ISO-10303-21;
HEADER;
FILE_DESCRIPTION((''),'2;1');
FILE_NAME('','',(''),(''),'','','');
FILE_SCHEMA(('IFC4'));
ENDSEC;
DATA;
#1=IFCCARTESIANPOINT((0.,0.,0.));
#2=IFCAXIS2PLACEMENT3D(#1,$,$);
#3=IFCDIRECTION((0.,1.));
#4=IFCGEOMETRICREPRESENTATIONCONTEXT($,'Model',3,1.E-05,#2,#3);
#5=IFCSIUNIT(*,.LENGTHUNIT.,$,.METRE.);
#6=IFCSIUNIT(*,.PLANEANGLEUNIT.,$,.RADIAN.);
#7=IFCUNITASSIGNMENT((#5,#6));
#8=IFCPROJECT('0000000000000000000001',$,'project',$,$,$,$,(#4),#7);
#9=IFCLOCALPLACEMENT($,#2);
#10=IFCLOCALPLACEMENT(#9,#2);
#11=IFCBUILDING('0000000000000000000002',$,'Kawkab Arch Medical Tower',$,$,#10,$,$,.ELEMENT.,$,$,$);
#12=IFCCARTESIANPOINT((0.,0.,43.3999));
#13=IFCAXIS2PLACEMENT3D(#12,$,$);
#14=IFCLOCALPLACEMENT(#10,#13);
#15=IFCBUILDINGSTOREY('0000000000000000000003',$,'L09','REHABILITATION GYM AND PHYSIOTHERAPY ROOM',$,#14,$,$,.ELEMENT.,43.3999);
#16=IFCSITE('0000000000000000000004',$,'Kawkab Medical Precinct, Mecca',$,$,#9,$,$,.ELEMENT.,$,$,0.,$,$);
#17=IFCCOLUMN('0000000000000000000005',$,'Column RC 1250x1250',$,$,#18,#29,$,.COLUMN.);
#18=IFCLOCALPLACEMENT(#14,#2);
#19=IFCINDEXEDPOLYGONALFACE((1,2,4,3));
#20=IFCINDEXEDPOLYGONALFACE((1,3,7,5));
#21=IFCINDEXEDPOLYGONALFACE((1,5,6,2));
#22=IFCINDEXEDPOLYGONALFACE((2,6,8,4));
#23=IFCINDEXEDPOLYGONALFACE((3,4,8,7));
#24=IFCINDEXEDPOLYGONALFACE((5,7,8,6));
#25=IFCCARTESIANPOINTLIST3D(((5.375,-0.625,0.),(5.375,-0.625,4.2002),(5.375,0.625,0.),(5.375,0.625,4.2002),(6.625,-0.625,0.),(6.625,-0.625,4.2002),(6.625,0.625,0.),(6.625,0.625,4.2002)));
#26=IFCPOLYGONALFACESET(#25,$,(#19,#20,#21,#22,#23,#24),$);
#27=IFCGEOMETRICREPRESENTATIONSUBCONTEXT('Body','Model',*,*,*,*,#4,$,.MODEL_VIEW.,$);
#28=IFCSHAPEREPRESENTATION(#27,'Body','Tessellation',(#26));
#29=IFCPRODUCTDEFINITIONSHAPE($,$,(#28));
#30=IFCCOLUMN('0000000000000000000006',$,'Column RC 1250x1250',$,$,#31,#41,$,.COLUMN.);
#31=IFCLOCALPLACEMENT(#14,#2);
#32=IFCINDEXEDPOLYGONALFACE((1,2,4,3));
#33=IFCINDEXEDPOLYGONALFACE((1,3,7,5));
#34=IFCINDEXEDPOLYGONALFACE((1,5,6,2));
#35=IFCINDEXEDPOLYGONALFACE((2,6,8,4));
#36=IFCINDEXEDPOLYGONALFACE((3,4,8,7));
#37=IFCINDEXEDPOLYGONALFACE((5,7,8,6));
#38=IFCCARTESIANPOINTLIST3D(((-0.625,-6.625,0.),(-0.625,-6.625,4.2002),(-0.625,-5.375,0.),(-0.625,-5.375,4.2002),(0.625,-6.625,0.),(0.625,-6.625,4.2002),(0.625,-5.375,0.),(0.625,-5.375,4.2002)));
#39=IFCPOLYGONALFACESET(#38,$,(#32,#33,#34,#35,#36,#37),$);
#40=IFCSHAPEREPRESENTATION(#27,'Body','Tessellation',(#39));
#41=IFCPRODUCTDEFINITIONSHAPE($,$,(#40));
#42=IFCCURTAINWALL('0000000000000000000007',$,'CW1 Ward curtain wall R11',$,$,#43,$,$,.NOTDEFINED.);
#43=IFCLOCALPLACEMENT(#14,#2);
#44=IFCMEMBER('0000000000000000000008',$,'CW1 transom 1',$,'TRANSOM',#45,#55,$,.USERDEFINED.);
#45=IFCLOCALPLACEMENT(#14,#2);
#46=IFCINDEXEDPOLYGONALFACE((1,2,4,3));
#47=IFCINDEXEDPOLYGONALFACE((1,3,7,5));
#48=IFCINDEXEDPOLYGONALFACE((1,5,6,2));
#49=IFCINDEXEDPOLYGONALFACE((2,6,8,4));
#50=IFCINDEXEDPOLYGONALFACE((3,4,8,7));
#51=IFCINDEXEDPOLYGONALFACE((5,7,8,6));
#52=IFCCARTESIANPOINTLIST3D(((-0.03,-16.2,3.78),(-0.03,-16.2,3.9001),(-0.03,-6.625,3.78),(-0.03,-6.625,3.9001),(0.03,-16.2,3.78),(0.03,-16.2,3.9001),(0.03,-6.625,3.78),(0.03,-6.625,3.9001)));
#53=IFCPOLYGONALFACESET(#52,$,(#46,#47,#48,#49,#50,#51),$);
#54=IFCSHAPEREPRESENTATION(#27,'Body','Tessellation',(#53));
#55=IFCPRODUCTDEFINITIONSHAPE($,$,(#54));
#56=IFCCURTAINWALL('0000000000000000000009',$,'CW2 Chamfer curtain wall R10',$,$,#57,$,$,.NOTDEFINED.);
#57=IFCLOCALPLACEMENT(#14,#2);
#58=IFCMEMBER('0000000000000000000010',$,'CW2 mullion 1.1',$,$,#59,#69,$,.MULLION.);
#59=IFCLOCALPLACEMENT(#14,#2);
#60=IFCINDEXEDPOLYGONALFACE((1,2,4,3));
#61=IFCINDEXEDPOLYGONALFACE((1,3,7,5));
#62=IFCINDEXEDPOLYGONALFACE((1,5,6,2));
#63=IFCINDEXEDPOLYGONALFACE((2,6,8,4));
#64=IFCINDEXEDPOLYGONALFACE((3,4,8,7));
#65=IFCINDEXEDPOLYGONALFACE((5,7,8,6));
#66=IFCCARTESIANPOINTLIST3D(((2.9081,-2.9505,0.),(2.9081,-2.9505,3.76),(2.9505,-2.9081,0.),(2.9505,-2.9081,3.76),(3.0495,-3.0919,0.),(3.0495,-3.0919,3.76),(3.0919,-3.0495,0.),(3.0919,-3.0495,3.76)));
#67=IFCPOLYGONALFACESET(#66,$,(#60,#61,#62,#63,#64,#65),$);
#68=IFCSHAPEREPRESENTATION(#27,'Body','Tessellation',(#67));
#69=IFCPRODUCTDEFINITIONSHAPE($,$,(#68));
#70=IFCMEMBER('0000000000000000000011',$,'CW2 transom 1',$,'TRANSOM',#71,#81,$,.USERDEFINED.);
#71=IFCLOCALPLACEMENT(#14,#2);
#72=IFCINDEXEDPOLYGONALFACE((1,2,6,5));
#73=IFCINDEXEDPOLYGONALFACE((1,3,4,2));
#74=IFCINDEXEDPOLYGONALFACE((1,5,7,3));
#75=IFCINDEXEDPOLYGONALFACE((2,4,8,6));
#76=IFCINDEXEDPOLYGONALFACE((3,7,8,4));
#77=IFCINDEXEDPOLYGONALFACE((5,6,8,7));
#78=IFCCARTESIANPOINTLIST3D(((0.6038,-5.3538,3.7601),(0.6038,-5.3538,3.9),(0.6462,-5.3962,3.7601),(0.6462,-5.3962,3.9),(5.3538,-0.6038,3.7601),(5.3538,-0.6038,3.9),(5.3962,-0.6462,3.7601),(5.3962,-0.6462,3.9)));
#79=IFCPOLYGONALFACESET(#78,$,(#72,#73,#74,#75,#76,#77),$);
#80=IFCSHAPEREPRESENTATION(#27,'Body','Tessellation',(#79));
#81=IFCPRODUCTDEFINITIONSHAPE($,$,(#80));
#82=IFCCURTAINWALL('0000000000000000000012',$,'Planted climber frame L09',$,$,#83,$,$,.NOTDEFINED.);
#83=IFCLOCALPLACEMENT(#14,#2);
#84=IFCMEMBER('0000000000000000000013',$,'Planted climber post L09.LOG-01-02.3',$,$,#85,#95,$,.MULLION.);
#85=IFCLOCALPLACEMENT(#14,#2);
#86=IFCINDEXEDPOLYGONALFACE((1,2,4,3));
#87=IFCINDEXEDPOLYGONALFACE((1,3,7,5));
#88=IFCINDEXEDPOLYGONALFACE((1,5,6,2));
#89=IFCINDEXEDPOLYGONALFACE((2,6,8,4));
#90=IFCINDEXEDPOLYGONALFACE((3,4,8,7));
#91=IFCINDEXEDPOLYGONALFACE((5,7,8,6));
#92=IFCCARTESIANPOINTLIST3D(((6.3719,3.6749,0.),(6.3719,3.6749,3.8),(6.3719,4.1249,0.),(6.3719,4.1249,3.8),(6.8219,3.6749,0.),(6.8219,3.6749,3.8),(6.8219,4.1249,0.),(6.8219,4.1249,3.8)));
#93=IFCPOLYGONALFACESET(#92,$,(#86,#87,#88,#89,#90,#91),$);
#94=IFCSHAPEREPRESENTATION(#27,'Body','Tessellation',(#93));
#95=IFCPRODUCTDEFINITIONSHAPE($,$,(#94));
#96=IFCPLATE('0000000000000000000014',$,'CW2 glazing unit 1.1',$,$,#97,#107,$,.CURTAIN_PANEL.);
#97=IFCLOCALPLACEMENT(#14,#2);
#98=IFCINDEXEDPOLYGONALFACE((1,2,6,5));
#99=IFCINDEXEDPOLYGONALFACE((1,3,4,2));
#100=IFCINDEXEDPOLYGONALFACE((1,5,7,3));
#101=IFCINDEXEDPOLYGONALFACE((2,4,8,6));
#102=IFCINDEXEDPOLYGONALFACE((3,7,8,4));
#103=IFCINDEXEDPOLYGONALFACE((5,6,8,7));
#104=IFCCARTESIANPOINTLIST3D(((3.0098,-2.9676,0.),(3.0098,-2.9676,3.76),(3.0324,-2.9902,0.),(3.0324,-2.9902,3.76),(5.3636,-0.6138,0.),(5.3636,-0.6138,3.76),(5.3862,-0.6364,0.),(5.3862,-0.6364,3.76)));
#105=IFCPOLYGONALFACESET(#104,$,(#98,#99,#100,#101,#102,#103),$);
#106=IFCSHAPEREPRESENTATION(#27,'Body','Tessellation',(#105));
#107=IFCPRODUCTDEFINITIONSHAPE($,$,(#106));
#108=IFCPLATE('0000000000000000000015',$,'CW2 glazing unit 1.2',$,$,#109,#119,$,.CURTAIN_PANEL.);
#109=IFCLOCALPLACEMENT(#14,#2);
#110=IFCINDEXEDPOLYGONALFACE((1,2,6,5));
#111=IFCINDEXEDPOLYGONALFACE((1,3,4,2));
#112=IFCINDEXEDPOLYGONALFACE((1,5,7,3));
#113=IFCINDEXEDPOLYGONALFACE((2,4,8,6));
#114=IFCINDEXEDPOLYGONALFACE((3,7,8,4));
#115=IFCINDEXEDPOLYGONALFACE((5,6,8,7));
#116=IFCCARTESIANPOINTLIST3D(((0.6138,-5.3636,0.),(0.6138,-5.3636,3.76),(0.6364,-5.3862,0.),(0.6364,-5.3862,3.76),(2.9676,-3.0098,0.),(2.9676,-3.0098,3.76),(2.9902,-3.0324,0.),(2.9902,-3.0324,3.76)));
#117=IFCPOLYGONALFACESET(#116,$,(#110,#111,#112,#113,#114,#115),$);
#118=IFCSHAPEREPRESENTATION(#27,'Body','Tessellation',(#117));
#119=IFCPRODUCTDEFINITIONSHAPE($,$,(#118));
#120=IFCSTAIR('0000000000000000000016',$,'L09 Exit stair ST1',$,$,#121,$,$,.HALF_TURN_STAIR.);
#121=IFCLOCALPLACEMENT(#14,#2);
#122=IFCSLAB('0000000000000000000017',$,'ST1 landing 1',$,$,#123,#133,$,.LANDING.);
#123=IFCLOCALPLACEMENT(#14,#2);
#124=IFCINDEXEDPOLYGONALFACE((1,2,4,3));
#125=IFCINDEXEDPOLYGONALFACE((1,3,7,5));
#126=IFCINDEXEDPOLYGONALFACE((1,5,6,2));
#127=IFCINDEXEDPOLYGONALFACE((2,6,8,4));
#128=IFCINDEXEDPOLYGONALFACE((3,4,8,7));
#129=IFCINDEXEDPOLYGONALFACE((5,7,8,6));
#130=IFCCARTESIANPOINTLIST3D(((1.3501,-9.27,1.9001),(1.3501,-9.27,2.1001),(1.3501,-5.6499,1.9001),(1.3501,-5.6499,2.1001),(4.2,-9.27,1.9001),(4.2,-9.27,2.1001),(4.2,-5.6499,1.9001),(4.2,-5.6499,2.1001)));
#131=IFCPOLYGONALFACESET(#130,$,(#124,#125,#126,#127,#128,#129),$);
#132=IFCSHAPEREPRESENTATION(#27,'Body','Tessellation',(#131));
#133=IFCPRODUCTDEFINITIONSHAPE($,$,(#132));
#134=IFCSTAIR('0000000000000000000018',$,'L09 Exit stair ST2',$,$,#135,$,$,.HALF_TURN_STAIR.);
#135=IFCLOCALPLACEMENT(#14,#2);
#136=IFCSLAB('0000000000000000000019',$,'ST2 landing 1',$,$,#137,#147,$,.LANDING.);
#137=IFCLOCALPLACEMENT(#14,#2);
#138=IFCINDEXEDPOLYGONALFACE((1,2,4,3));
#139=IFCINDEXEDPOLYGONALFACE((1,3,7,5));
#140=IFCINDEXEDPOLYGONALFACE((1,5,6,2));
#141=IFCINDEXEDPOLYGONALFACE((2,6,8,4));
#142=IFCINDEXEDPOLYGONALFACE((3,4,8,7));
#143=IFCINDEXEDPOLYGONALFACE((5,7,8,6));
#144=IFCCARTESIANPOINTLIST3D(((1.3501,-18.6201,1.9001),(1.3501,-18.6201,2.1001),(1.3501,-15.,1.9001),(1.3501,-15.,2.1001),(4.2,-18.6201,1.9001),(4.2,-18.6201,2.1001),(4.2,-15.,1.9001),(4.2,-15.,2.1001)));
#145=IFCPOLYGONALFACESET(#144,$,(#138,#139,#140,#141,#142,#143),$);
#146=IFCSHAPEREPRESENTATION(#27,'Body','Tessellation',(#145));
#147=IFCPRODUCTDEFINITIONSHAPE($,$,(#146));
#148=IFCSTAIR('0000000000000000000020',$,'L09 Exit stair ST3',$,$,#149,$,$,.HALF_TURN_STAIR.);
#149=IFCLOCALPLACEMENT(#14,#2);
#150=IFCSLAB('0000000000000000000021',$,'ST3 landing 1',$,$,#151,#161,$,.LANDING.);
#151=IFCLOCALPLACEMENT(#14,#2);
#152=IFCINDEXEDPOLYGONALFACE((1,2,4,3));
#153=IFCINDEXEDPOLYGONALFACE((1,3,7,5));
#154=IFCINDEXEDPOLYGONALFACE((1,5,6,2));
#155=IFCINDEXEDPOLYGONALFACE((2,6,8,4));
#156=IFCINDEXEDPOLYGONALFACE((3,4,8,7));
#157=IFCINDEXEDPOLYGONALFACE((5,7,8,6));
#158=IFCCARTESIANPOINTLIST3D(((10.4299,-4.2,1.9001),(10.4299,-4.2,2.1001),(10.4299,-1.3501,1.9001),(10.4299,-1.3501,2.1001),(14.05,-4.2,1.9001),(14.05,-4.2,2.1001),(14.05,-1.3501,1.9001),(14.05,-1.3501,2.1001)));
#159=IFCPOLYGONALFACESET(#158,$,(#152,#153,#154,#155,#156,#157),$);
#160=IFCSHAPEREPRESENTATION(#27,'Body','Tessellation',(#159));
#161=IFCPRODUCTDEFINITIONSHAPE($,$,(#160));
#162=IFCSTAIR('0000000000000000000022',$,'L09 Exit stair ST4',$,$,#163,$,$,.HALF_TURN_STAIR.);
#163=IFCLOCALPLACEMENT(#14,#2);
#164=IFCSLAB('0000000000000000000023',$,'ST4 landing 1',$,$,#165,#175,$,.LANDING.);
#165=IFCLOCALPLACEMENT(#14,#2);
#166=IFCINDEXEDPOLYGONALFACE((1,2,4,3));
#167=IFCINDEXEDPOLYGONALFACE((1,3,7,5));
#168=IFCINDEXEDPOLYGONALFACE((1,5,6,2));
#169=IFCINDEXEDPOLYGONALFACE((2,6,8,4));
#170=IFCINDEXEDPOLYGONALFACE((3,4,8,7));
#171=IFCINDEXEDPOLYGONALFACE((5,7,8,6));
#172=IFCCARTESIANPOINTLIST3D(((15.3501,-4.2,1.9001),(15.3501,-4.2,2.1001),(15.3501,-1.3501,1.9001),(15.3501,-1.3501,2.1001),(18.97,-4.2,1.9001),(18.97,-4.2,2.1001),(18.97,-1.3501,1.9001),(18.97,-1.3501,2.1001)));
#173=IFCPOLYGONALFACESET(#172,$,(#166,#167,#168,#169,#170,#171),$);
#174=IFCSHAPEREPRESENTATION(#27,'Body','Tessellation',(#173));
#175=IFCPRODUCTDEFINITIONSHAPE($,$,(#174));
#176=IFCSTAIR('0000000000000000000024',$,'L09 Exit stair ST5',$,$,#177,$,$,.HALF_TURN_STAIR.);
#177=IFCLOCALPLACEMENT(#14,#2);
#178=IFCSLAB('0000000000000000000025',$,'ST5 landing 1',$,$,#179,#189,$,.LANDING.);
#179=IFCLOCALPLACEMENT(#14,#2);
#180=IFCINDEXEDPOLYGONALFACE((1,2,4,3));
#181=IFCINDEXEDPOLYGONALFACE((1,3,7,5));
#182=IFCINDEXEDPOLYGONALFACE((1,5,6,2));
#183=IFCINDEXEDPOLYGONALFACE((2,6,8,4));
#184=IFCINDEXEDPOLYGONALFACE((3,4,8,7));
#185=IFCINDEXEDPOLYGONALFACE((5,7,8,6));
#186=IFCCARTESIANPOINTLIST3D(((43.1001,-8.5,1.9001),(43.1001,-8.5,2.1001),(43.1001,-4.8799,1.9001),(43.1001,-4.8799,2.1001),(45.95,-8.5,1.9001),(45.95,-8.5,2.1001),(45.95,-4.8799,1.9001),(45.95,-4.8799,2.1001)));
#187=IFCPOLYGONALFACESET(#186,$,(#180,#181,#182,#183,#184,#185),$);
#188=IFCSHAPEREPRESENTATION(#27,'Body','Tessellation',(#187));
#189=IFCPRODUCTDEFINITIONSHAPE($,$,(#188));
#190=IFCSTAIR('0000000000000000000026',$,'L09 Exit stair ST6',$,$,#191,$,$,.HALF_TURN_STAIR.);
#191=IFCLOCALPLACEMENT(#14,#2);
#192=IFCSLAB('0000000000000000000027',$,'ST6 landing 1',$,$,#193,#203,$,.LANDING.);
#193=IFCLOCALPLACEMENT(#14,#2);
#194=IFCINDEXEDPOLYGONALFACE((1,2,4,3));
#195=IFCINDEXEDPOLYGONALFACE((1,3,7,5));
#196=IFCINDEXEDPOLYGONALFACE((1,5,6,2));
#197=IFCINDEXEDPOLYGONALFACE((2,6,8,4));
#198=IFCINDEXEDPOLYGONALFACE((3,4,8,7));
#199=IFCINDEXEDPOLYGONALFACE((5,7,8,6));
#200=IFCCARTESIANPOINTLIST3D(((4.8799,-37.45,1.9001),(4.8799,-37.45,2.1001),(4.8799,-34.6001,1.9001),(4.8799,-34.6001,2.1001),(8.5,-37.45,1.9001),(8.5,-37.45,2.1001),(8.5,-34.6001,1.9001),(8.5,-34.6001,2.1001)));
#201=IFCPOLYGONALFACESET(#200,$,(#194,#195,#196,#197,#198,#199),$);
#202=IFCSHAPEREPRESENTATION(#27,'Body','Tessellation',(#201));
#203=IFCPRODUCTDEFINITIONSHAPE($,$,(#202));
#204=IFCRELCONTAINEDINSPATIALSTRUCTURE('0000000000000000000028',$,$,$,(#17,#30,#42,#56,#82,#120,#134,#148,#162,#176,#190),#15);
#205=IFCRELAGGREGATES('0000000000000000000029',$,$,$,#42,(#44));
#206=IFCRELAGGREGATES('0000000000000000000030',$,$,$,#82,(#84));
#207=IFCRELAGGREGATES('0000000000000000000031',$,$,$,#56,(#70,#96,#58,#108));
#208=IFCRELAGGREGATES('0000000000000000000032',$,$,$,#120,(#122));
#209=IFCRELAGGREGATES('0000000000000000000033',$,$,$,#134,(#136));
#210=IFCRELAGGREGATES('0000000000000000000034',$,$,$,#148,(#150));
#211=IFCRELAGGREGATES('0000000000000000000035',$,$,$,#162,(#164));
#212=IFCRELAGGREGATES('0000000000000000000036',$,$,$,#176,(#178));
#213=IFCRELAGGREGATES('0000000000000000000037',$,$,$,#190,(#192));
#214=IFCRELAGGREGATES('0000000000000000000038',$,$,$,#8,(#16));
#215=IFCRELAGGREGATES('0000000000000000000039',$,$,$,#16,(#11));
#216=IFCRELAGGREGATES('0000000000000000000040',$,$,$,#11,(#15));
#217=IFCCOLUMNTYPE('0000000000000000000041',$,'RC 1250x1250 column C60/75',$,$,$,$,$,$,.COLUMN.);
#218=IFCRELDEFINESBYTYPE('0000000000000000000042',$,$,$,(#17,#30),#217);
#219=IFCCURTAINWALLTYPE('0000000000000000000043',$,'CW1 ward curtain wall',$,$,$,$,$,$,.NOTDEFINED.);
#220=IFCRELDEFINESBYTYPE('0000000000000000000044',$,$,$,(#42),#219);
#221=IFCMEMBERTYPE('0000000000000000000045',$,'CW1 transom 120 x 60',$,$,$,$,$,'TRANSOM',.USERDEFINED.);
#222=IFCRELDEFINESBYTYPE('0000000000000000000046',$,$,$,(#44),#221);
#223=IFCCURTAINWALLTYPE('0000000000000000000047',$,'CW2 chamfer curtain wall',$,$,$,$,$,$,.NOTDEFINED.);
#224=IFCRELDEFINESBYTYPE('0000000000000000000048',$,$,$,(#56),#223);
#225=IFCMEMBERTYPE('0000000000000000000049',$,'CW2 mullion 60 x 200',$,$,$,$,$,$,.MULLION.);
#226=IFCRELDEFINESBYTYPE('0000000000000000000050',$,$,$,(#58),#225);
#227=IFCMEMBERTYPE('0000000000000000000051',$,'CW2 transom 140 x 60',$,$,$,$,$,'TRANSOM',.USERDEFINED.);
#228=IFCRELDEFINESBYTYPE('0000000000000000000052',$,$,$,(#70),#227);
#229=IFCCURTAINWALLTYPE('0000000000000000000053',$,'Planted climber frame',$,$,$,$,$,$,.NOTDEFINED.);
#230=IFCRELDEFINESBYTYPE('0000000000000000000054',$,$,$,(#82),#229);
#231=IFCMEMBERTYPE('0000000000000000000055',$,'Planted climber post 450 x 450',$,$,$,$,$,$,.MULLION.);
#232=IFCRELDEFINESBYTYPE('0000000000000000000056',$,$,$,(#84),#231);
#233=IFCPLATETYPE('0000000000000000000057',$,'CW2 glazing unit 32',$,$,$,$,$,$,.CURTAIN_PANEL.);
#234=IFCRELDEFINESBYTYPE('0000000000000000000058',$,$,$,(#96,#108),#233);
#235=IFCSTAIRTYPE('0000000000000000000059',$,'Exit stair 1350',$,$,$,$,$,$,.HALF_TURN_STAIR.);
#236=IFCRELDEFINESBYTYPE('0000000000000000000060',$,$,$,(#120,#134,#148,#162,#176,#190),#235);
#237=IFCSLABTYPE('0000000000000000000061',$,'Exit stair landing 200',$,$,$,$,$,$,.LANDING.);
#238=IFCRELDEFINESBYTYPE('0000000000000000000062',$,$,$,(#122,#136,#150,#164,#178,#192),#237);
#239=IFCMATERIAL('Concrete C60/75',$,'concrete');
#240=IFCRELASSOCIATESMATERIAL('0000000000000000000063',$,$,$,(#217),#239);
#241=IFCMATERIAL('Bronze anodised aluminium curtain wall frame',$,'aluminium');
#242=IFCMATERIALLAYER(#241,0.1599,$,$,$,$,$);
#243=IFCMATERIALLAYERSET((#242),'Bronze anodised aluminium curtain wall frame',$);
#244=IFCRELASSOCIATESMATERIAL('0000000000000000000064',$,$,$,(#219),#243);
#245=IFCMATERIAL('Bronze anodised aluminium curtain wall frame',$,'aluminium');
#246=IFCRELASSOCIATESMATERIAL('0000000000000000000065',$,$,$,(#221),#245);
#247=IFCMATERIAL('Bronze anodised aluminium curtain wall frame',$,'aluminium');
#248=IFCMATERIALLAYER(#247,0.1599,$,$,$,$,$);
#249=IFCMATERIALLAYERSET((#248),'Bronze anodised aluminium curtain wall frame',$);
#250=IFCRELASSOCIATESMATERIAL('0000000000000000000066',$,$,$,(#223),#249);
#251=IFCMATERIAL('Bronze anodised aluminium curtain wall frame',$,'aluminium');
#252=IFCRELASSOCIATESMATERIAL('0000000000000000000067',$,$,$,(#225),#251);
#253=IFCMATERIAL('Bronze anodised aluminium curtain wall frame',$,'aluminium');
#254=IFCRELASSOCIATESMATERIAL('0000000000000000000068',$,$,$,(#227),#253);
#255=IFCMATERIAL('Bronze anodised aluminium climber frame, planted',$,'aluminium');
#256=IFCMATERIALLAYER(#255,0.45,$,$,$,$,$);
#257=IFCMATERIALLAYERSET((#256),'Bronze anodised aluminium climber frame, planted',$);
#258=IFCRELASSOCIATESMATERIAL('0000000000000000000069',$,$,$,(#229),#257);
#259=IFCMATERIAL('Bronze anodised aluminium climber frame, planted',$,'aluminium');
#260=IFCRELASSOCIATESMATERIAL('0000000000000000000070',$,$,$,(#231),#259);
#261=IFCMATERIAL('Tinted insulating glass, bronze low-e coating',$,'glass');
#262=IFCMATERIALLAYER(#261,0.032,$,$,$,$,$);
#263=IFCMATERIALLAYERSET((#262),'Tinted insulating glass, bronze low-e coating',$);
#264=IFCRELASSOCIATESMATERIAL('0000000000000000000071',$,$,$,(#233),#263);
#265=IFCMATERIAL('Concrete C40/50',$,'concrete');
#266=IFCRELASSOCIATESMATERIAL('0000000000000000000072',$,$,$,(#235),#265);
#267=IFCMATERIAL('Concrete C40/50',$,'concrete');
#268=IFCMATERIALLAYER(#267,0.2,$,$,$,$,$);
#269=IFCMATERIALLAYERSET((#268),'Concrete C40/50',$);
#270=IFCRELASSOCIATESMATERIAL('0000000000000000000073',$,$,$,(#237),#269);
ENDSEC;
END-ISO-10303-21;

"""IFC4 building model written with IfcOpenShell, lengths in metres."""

from ifc_helpers import new_model, si_unit, direction, frame, origin, origin_2d, place, context, subcontext, project, spatial, polyline, rectangle, outline, extrude, material, layer, layer_set, material_profile, profile_set, type_object, element, aggregate, save


model = new_model("IFC4")

# Units and contexts
model_context = context("Model", 3, precision=1e-05, world=origin(), true_north=direction((0.0, 1.0)))
body_context = subcontext(model_context, "Body", "Model", "MODEL_VIEW")
ifc_project = project(units=[si_unit("LENGTHUNIT", "METRE"), si_unit("PLANEANGLEUNIT", "RADIAN")], contexts=[model_context])

# Site, building, storey
site_placement = place(None, origin())
site = spatial("IfcSite", under=ifc_project, at=site_placement, Name="Kawkab Medical Precinct, Mecca", CompositionType="ELEMENT", RefElevation=0.0)
building_placement = place(site_placement, origin())
building = spatial("IfcBuilding", under=site, at=building_placement, Name="Kawkab Arch Medical Tower", CompositionType="ELEMENT")
storey_placement = place(building_placement, frame((0.0, 0.0, 43.3999)))
storey = spatial("IfcBuildingStorey", under=building, at=storey_placement, Name="L09", Description="REHABILITATION GYM AND PHYSIOTHERAPY ROOM", CompositionType="ELEMENT", Elevation=43.3999)

# Columns
ifc_material_1 = material(Name="Concrete C60/75", Category="concrete")
ifc_material_profile_1 = material_profile(ifc_material_1, rectangle(XDim=1.25, YDim=1.25, at=origin_2d()), Name="RC 1250x1250")
ifc_profile_set_1 = profile_set([ifc_material_profile_1], Name="Concrete C60/75")
column_type = type_object("IfcColumnType", Name="RC 1250x1250 column C60/75", PredefinedType="COLUMN", material=ifc_profile_set_1)
for number, where, z_axis, x_axis, name in (
    (1, (6.0, 0.0, 0.0), (0.0, 0.0, 1.0), (1.0, 0.0, 0.0), "Column RC 1250x1250"),
    (2, (0.0, -6.0, 0.0), (0.0, 0.0, 1.0), (1.0, 0.0, 0.0), "Column RC 1250x1250"),
):
    element("IfcColumn", number, at=place(storey_placement, frame(where, z_axis=z_axis, x_axis=x_axis)), inside=storey, type_object=column_type, Name=name, PredefinedType="COLUMN", context=body_context, shape_type="SweptSolid", body=[
        extrude(rectangle(XDim=1.25, YDim=1.25, at=origin_2d()), origin(), (0.0, 0.0, 1.0), 4.2002),
    ])

# Curtain wall, member
ifc_material_2 = material(Name="Bronze anodised aluminium curtain wall frame", Category="aluminium")
ifc_layer_1 = layer(ifc_material_2, 0.1599)
ifc_layer_set_1 = layer_set([ifc_layer_1], Name="Bronze anodised aluminium curtain wall frame")
curtain_wall_type_1 = type_object("IfcCurtainWallType", Name="CW1 ward curtain wall", PredefinedType="NOTDEFINED", material=ifc_layer_set_1)
placement_1 = place(storey_placement, origin())
curtain_wall_1 = element("IfcCurtainWall", 3, at=placement_1, inside=storey, type_object=curtain_wall_type_1, Name="CW1 Ward curtain wall R11", PredefinedType="NOTDEFINED")
ifc_material_3 = material(Name="Bronze anodised aluminium curtain wall frame", Category="aluminium")
ifc_material_profile_2 = material_profile(ifc_material_3, rectangle(XDim=0.0601, YDim=0.1201, at=origin_2d()), Name="AL 60x120")
ifc_profile_set_2 = profile_set([ifc_material_profile_2], Name="Bronze anodised aluminium curtain wall frame")
member_type_1 = type_object("IfcMemberType", Name="CW1 transom 120 x 60", ElementType="TRANSOM", PredefinedType="USERDEFINED", material=ifc_profile_set_2)
member_1_placement = place(storey_placement, frame((0.0, -6.625, 3.8401), z_axis=(0.0, -1.0, 0.0), x_axis=(1.0, 0.0, 0.0)))
member_1 = element("IfcMember", 4, at=member_1_placement, type_object=member_type_1, Name="CW1 transom 1", ObjectType="TRANSOM", PredefinedType="USERDEFINED", context=body_context, shape_type="SweptSolid", body=[
    extrude(rectangle(XDim=0.0601, YDim=0.1201, at=origin_2d()), origin(), (0.0, 0.0, 1.0), 9.575),
])
aggregate(curtain_wall_1, [member_1])

# Curtain wall, members
ifc_material_4 = material(Name="Bronze anodised aluminium curtain wall frame", Category="aluminium")
ifc_layer_2 = layer(ifc_material_4, 0.1599)
ifc_layer_set_2 = layer_set([ifc_layer_2], Name="Bronze anodised aluminium curtain wall frame")
curtain_wall_type_2 = type_object("IfcCurtainWallType", Name="CW2 chamfer curtain wall", PredefinedType="NOTDEFINED", material=ifc_layer_set_2)
curtain_wall_2 = element("IfcCurtainWall", 5, at=placement_1, inside=storey, type_object=curtain_wall_type_2, Name="CW2 Chamfer curtain wall R10", PredefinedType="NOTDEFINED")
ifc_material_5 = material(Name="Bronze anodised aluminium curtain wall frame", Category="aluminium")
ifc_material_profile_3 = material_profile(ifc_material_5, rectangle(XDim=0.2, YDim=0.0601, at=origin_2d()), Name="AL 60x200")
ifc_profile_set_3 = profile_set([ifc_material_profile_3], Name="Bronze anodised aluminium curtain wall frame")
member_type_2 = type_object("IfcMemberType", Name="CW2 mullion 60 x 200", PredefinedType="MULLION", material=ifc_profile_set_3)
member_2_placement = place(storey_placement, frame((3.0, -3.0, 0.0), z_axis=(0.0, 0.0, 1.0), x_axis=(0.707107, -0.707107, 0.0)))
member_2 = element("IfcMember", 6, at=member_2_placement, type_object=member_type_2, Name="CW2 mullion 1.1", PredefinedType="MULLION", context=body_context, shape_type="SweptSolid", body=[
    extrude(rectangle(XDim=0.2, YDim=0.0601, at=origin_2d()), origin(), (0.0, 0.0, 1.0), 3.76),
])
ifc_material_6 = material(Name="Bronze anodised aluminium curtain wall frame", Category="aluminium")
ifc_material_profile_4 = material_profile(ifc_material_6, rectangle(XDim=0.0601, YDim=0.1399, at=origin_2d()), Name="AL 60x140")
ifc_profile_set_4 = profile_set([ifc_material_profile_4], Name="Bronze anodised aluminium curtain wall frame")
member_type_3 = type_object("IfcMemberType", Name="CW2 transom 140 x 60", ElementType="TRANSOM", PredefinedType="USERDEFINED", material=ifc_profile_set_4)
member_3_placement = place(storey_placement, frame((5.375, -0.625, 3.8301), z_axis=(-0.707107, -0.707107, 0.0), x_axis=(0.707107, -0.707107, 0.0)))
member_3 = element("IfcMember", 7, at=member_3_placement, type_object=member_type_3, Name="CW2 transom 1", ObjectType="TRANSOM", PredefinedType="USERDEFINED", context=body_context, shape_type="SweptSolid", body=[
    extrude(rectangle(XDim=0.0601, YDim=0.1399, at=origin_2d()), origin(), (0.0, 0.0, 1.0), 6.7175),
])

# Curtain wall, member
ifc_material_7 = material(Name="Bronze anodised aluminium climber frame, planted", Category="aluminium")
ifc_layer_3 = layer(ifc_material_7, 0.45)
ifc_layer_set_3 = layer_set([ifc_layer_3], Name="Bronze anodised aluminium climber frame, planted")
curtain_wall_type_3 = type_object("IfcCurtainWallType", Name="Planted climber frame", PredefinedType="NOTDEFINED", material=ifc_layer_set_3)
curtain_wall_3 = element("IfcCurtainWall", 8, at=placement_1, inside=storey, type_object=curtain_wall_type_3, Name="Planted climber frame L09", PredefinedType="NOTDEFINED")
ifc_material_8 = material(Name="Bronze anodised aluminium climber frame, planted", Category="aluminium")
ifc_material_profile_5 = material_profile(ifc_material_8, rectangle(XDim=0.45, YDim=0.45, at=origin_2d()), Name="Post 450x450")
ifc_profile_set_5 = profile_set([ifc_material_profile_5], Name="Bronze anodised aluminium climber frame, planted")
member_type_4 = type_object("IfcMemberType", Name="Planted climber post 450 x 450", PredefinedType="MULLION", material=ifc_profile_set_5)
member_4_placement = place(storey_placement, frame((6.5969, 3.8999, 0.0), z_axis=(0.0, 0.0, 1.0), x_axis=(1.0, 0.0, 0.0)))
member_4 = element("IfcMember", 9, at=member_4_placement, type_object=member_type_4, Name="Planted climber post L09.LOG-01-02.3", PredefinedType="MULLION", context=body_context, shape_type="SweptSolid", body=[
    extrude(rectangle(XDim=0.45, YDim=0.45, at=origin_2d()), origin(), (0.0, 0.0, 1.0), 3.8),
])
aggregate(curtain_wall_3, [member_4])

# Plates
ifc_material_9 = material(Name="Tinted insulating glass, bronze low-e coating", Category="glass")
ifc_layer_4 = layer(ifc_material_9, 0.032)
ifc_layer_set_4 = layer_set([ifc_layer_4], Name="Tinted insulating glass, bronze low-e coating")
plate_type = type_object("IfcPlateType", Name="CW2 glazing unit 32", PredefinedType="CURTAIN_PANEL", material=ifc_layer_set_4)
plate_1_placement = place(storey_placement, frame((4.198, -1.802, 0.0), z_axis=(0.0, 0.0, 1.0), x_axis=(-0.707107, -0.707107, 0.0)))
plate_1 = element("IfcPlate", 10, at=plate_1_placement, type_object=plate_type, Name="CW2 glazing unit 1.1", PredefinedType="CURTAIN_PANEL", context=body_context, shape_type="SweptSolid", body=[
    extrude(rectangle(XDim=3.3289, YDim=0.032, at=origin_2d()), origin(), (0.0, 0.0, 1.0), 3.76),
])
plate_2_placement = place(storey_placement, frame((1.802, -4.198, 0.0), z_axis=(0.0, 0.0, 1.0), x_axis=(-0.707107, -0.707107, 0.0)))
plate_2 = element("IfcPlate", 11, at=plate_2_placement, type_object=plate_type, Name="CW2 glazing unit 1.2", PredefinedType="CURTAIN_PANEL", context=body_context, shape_type="SweptSolid", body=[
    extrude(rectangle(XDim=3.3289, YDim=0.032, at=origin_2d()), origin(), (0.0, 0.0, 1.0), 3.76),
])
aggregate(curtain_wall_2, [member_3, plate_1, member_2, plate_2])

# Stairs, slabs
ifc_material_10 = material(Name="Concrete C40/50", Category="concrete")
stair_type = type_object("IfcStairType", Name="Exit stair 1350", PredefinedType="HALF_TURN_STAIR", material=ifc_material_10)
stair_1 = element("IfcStair", 12, at=placement_1, inside=storey, type_object=stair_type, Name="L09 Exit stair ST1", PredefinedType="HALF_TURN_STAIR")
ifc_material_11 = material(Name="Concrete C40/50", Category="concrete")
ifc_layer_5 = layer(ifc_material_11, 0.2)
ifc_layer_set_5 = layer_set([ifc_layer_5], Name="Concrete C40/50")
slab_type_1 = type_object("IfcSlabType", Name="Exit stair landing 200", PredefinedType="LANDING", material=ifc_layer_set_5)
placement_2 = place(storey_placement, frame((0.0, 0.0, 1.9001)))
slab_1 = element("IfcSlab", 13, at=placement_2, type_object=slab_type_1, Name="ST1 landing 1", PredefinedType="LANDING", context=body_context, shape_type="SweptSolid", body=[
    extrude(outline(polyline([(4.2, -9.27), (4.2, -5.6499), (1.3501, -5.6499), (1.3501, -9.27), (4.2, -9.27)])), origin(), (0.0, 0.0, 1.0), 0.2),
])
aggregate(stair_1, [slab_1])
stair_2 = element("IfcStair", 14, at=placement_1, inside=storey, type_object=stair_type, Name="L09 Exit stair ST2", PredefinedType="HALF_TURN_STAIR")
slab_2 = element("IfcSlab", 15, at=placement_2, type_object=slab_type_1, Name="ST2 landing 1", PredefinedType="LANDING", context=body_context, shape_type="SweptSolid", body=[
    extrude(outline(polyline([(4.2, -18.6201), (4.2, -15.0), (1.3501, -15.0), (1.3501, -18.6201), (4.2, -18.6201)])), origin(), (0.0, 0.0, 1.0), 0.2),
])
aggregate(stair_2, [slab_2])
stair_3 = element("IfcStair", 16, at=placement_1, inside=storey, type_object=stair_type, Name="L09 Exit stair ST3", PredefinedType="HALF_TURN_STAIR")
slab_3 = element("IfcSlab", 17, at=placement_2, type_object=slab_type_1, Name="ST3 landing 1", PredefinedType="LANDING", context=body_context, shape_type="SweptSolid", body=[
    extrude(outline(polyline([(10.4299, -4.2), (14.05, -4.2), (14.05, -1.3501), (10.4299, -1.3501), (10.4299, -4.2)])), origin(), (0.0, 0.0, 1.0), 0.2),
])
aggregate(stair_3, [slab_3])
stair_4 = element("IfcStair", 18, at=placement_1, inside=storey, type_object=stair_type, Name="L09 Exit stair ST4", PredefinedType="HALF_TURN_STAIR")
slab_4 = element("IfcSlab", 19, at=placement_2, type_object=slab_type_1, Name="ST4 landing 1", PredefinedType="LANDING", context=body_context, shape_type="SweptSolid", body=[
    extrude(outline(polyline([(18.97, -1.3501), (15.3501, -1.3501), (15.3501, -4.2), (18.97, -4.2), (18.97, -1.3501)])), origin(), (0.0, 0.0, 1.0), 0.2),
])
aggregate(stair_4, [slab_4])
stair_5 = element("IfcStair", 20, at=placement_1, inside=storey, type_object=stair_type, Name="L09 Exit stair ST5", PredefinedType="HALF_TURN_STAIR")
slab_5 = element("IfcSlab", 21, at=placement_2, type_object=slab_type_1, Name="ST5 landing 1", PredefinedType="LANDING", context=body_context, shape_type="SweptSolid", body=[
    extrude(outline(polyline([(43.1001, -4.8799), (43.1001, -8.5), (45.95, -8.5), (45.95, -4.8799), (43.1001, -4.8799)])), origin(), (0.0, 0.0, 1.0), 0.2),
])
aggregate(stair_5, [slab_5])
stair_6 = element("IfcStair", 22, at=placement_1, inside=storey, type_object=stair_type, Name="L09 Exit stair ST6", PredefinedType="HALF_TURN_STAIR")
slab_6 = element("IfcSlab", 23, at=placement_2, type_object=slab_type_1, Name="ST6 landing 1", PredefinedType="LANDING", context=body_context, shape_type="SweptSolid", body=[
    extrude(outline(polyline([(4.8799, -37.45), (8.5, -37.45), (8.5, -34.6001), (4.8799, -34.6001), (4.8799, -37.45)])), origin(), (0.0, 0.0, 1.0), 0.2),
])
aggregate(stair_6, [slab_6])

save(model, "model.ifc")
